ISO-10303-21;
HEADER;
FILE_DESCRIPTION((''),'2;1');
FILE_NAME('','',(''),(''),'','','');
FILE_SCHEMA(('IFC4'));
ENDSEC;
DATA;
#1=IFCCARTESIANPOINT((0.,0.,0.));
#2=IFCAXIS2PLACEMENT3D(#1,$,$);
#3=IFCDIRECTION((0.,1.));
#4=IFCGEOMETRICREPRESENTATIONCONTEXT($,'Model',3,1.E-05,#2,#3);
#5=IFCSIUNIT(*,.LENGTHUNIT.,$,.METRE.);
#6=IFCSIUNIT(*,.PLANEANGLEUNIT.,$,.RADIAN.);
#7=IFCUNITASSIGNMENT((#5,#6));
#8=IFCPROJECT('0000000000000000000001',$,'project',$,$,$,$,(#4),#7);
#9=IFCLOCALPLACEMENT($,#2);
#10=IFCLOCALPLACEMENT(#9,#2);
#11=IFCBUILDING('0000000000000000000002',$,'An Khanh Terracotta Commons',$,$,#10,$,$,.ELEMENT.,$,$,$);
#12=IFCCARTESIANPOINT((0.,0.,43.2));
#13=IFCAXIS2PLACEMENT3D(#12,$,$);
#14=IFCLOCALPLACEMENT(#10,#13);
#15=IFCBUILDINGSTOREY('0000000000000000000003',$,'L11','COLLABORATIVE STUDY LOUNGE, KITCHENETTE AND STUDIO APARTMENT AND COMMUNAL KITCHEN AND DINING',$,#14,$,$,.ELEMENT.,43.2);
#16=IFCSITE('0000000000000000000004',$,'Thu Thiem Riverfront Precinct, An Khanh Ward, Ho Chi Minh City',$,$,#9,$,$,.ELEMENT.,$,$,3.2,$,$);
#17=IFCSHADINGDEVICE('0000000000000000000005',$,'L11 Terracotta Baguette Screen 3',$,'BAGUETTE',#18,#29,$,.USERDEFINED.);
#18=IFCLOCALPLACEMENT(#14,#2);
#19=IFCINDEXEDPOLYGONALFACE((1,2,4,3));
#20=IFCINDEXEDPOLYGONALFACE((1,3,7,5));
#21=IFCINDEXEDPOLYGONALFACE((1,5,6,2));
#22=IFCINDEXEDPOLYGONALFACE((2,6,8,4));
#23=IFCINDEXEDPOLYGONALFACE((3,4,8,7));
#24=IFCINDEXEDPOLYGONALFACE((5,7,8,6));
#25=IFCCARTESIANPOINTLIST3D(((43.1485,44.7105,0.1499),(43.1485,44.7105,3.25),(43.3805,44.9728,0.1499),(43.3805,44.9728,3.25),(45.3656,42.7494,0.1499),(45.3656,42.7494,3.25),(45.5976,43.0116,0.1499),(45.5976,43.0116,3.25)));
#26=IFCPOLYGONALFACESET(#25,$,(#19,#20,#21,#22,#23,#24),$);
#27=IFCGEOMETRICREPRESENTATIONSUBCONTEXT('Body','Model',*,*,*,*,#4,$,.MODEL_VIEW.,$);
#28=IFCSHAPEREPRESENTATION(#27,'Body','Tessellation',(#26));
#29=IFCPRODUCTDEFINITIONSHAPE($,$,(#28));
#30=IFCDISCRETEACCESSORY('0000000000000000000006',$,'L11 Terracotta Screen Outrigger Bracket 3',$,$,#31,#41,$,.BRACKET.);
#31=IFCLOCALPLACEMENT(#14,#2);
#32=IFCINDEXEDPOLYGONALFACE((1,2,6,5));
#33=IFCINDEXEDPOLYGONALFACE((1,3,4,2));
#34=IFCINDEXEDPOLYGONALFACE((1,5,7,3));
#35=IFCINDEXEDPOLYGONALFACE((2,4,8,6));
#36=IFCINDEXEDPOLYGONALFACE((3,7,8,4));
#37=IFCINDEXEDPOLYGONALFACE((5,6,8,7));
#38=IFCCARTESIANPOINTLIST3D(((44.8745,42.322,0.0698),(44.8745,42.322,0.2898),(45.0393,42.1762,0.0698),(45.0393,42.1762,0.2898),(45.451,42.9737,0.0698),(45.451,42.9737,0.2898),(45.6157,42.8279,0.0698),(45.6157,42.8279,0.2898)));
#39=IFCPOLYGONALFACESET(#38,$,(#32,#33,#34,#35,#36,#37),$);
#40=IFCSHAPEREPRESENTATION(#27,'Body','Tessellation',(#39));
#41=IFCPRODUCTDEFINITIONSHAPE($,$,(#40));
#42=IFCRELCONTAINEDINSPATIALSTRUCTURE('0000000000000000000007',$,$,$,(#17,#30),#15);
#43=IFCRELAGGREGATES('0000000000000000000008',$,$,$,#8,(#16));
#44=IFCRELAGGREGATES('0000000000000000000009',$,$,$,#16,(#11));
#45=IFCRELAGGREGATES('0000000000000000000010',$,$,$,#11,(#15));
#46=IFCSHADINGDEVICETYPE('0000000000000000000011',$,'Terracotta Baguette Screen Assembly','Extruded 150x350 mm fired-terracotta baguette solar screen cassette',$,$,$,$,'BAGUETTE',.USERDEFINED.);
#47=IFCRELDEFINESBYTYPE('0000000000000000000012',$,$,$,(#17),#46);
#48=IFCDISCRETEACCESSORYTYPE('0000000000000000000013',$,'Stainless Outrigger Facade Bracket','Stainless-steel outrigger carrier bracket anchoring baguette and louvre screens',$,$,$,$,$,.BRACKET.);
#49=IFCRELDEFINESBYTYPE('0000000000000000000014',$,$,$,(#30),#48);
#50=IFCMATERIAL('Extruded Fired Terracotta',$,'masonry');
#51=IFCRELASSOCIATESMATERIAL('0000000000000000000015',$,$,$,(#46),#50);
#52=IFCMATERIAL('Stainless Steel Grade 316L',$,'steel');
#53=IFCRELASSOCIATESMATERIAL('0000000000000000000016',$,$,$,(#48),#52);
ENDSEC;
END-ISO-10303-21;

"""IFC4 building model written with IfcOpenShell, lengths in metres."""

from ifc_helpers import new_model, si_unit, direction, frame, origin, origin_2d, place, context, subcontext, project, spatial, rectangle, extrude, material, type_object, element, save


model = new_model("IFC4")

# Units and contexts
model_context = context("Model", 3, precision=1e-05, world=origin(), true_north=direction((0.0, 1.0)))
body_context = subcontext(model_context, "Body", "Model", "MODEL_VIEW")
ifc_project = project(units=[si_unit("LENGTHUNIT", "METRE"), si_unit("PLANEANGLEUNIT", "RADIAN")], contexts=[model_context])

# Site, building, storey
site_placement = place(None, origin())
site = spatial("IfcSite", under=ifc_project, at=site_placement, Name="Thu Thiem Riverfront Precinct, An Khanh Ward, Ho Chi Minh City", CompositionType="ELEMENT", RefElevation=3.2)
building_placement = place(site_placement, origin())
building = spatial("IfcBuilding", under=site, at=building_placement, Name="An Khanh Terracotta Commons", CompositionType="ELEMENT")
storey_placement = place(building_placement, frame((0.0, 0.0, 43.2)))
storey = spatial("IfcBuildingStorey", under=building, at=storey_placement, Name="L11", Description="COLLABORATIVE STUDY LOUNGE, KITCHENETTE AND STUDIO APARTMENT AND COMMUNAL KITCHEN AND DINING", CompositionType="ELEMENT", Elevation=43.2)

# Shading device
ifc_material_1 = material(Name="Extruded Fired Terracotta", Category="masonry")
shading_device_type = type_object("IfcShadingDeviceType", Name="Terracotta Baguette Screen Assembly", Description="Extruded 150x350 mm fired-terracotta baguette solar screen cassette", ElementType="BAGUETTE", PredefinedType="USERDEFINED", material=ifc_material_1)
shading_device_placement = place(storey_placement, frame((44.373, 43.8611, 0.1499), z_axis=(0.0, 0.0, 1.0), x_axis=(-0.749019, 0.662548, 0.0)))
element("IfcShadingDevice", 1, at=shading_device_placement, inside=storey, type_object=shading_device_type, Name="L11 Terracotta Baguette Screen 3", ObjectType="BAGUETTE", PredefinedType="USERDEFINED", context=body_context, shape_type="SweptSolid", body=[
    extrude(rectangle(XDim=2.96, YDim=0.3501, at=origin_2d()), origin(), (0.0, 0.0, 1.0), 3.1001),
])

# Discrete accessory
ifc_material_2 = material(Name="Stainless Steel Grade 316L", Category="steel")
discrete_accessory_type = type_object("IfcDiscreteAccessoryType", Name="Stainless Outrigger Facade Bracket", Description="Stainless-steel outrigger carrier bracket anchoring baguette and louvre screens", PredefinedType="BRACKET", material=ifc_material_2)
discrete_accessory_placement = place(storey_placement, frame((45.2451, 42.575, 0.0698), z_axis=(0.0, 0.0, 1.0), x_axis=(-0.749019, 0.662548, 0.0)))
element("IfcDiscreteAccessory", 2, at=discrete_accessory_placement, inside=storey, type_object=discrete_accessory_type, Name="L11 Terracotta Screen Outrigger Bracket 3", PredefinedType="BRACKET", context=body_context, shape_type="SweptSolid", body=[
    extrude(rectangle(XDim=0.22, YDim=0.8701, at=origin_2d()), origin(), (0.0, 0.0, 1.0), 0.22),
])

save(model, "model.ifc")
